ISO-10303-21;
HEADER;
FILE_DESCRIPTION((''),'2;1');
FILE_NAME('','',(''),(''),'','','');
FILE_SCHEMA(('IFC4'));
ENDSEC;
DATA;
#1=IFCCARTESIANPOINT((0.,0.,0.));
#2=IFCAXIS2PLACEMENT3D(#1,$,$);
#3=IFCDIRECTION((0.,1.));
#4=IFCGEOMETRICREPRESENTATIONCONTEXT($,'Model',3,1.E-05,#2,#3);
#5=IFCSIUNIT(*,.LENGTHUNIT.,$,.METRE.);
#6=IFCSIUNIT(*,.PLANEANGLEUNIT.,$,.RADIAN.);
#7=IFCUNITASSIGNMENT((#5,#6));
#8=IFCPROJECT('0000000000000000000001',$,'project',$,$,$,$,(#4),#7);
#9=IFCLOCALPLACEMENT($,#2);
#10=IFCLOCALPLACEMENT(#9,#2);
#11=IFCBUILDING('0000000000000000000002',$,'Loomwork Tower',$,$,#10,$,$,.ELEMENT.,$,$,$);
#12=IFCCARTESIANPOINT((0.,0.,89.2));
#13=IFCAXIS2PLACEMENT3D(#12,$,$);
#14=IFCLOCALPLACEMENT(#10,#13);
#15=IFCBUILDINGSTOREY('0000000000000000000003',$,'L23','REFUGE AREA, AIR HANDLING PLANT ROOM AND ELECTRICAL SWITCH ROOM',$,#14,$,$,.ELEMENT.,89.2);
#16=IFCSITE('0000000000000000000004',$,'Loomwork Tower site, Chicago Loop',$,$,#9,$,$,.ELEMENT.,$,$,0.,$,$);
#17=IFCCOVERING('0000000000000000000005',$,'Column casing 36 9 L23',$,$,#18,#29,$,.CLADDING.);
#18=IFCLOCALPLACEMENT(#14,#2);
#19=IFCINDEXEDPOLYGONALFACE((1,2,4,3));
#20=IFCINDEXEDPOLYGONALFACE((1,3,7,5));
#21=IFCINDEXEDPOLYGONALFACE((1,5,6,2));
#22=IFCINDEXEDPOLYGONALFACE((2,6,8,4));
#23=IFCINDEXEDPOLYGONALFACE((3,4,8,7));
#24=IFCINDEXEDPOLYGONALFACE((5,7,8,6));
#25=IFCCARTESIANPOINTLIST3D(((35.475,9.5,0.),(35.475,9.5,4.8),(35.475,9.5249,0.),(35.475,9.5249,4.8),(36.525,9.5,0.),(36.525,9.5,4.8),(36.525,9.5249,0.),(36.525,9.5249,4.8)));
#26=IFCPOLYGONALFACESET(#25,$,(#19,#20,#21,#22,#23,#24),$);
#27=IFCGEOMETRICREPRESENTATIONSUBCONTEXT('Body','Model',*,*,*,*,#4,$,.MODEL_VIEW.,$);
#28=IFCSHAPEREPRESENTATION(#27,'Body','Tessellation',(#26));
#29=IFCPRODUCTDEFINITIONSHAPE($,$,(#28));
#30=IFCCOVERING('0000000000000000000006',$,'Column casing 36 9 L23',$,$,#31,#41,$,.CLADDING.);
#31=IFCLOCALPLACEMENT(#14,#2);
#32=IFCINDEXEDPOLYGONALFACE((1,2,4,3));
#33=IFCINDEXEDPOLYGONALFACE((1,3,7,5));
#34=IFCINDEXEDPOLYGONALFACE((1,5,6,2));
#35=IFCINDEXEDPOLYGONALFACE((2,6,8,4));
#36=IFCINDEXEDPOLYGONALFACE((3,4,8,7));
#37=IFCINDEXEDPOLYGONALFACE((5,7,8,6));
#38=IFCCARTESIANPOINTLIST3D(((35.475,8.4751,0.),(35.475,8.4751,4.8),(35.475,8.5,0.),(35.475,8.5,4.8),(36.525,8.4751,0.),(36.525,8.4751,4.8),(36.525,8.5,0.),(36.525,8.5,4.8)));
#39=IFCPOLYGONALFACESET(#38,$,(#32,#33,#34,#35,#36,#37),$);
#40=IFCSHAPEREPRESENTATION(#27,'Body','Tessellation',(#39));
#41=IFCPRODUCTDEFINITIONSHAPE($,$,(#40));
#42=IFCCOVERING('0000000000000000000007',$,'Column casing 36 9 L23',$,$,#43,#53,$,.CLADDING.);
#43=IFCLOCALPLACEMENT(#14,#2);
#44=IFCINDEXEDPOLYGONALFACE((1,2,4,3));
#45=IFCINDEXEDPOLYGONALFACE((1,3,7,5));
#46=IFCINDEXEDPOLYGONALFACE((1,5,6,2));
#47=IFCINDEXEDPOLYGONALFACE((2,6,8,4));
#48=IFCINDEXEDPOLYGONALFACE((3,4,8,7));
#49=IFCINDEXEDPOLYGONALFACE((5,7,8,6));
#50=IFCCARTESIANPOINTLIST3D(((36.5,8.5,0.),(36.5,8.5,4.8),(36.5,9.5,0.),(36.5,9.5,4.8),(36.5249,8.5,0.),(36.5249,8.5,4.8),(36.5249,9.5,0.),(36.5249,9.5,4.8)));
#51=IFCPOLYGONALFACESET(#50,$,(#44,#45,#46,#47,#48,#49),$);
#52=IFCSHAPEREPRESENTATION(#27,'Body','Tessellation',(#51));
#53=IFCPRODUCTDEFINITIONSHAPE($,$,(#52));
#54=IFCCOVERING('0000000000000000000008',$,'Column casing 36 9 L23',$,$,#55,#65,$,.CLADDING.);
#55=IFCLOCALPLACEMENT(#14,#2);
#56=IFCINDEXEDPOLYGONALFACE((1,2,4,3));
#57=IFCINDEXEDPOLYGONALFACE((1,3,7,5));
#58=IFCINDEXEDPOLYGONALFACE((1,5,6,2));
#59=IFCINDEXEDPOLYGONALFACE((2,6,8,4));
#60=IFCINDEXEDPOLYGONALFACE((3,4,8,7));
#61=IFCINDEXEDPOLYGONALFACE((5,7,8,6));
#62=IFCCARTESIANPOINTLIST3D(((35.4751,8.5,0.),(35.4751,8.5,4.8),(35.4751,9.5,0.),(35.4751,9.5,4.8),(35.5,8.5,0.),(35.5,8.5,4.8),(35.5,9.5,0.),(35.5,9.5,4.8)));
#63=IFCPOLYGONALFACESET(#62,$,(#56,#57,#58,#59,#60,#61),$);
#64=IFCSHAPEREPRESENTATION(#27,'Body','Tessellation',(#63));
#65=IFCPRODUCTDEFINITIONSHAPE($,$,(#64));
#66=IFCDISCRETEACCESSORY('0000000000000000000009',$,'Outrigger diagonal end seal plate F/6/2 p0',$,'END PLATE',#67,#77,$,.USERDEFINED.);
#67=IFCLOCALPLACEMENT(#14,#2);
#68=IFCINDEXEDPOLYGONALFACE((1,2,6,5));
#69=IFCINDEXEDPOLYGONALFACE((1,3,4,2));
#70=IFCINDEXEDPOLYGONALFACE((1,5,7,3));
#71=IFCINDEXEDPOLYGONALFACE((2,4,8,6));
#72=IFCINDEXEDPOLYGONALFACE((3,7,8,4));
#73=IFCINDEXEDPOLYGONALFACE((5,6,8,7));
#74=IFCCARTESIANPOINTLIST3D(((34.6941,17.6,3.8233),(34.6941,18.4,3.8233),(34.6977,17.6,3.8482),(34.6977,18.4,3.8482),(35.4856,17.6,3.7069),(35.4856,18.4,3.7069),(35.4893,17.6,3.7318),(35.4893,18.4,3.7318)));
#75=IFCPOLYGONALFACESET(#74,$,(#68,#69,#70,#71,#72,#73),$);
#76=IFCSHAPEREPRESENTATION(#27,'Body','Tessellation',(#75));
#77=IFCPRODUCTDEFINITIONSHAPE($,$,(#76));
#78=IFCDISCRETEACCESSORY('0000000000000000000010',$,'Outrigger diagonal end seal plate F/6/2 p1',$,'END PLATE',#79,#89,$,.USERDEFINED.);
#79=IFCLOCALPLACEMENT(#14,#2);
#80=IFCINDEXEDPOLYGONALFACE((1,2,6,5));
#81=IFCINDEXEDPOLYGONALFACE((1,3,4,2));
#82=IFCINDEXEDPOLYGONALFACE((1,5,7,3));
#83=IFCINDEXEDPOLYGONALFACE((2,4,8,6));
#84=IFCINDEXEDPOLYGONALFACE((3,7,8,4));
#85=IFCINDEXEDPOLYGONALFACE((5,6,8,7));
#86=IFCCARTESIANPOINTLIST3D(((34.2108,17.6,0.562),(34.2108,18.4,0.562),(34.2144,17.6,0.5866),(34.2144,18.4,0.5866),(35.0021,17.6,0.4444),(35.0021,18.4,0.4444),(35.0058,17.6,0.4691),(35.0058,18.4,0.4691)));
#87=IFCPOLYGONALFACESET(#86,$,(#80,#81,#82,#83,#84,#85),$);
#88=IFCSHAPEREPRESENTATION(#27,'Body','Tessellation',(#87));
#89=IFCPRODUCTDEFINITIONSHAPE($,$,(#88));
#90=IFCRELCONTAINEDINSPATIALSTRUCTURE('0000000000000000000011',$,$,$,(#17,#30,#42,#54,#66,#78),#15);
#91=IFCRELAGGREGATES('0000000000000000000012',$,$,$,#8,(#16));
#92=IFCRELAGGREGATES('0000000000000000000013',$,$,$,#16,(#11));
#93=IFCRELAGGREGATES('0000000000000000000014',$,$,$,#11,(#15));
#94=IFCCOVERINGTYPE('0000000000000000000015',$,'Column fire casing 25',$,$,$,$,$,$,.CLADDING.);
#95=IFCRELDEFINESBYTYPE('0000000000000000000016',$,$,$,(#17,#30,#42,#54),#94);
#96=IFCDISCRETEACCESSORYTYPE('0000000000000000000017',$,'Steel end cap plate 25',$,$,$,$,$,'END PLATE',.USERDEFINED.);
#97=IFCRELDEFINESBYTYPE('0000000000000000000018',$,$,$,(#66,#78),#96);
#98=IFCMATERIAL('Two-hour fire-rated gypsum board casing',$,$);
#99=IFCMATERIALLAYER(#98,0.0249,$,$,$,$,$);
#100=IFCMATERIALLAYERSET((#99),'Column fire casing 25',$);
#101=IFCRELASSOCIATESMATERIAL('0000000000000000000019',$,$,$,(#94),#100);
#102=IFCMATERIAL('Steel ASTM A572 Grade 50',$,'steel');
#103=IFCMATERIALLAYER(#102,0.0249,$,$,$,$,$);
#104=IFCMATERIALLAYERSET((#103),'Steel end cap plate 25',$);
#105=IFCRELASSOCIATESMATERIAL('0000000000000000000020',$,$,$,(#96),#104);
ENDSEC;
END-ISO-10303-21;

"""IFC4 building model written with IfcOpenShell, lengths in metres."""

from ifc_helpers import new_model, si_unit, direction, frame, origin, origin_2d, place, context, subcontext, project, spatial, rectangle, extrude, material, layer, layer_set, type_object, element, save


model = new_model("IFC4")

# Units and contexts
model_context = context("Model", 3, precision=1e-05, world=origin(), true_north=direction((0.0, 1.0)))
body_context = subcontext(model_context, "Body", "Model", "MODEL_VIEW")
ifc_project = project(units=[si_unit("LENGTHUNIT", "METRE"), si_unit("PLANEANGLEUNIT", "RADIAN")], contexts=[model_context])

# Site, building, storey
site_placement = place(None, origin())
site = spatial("IfcSite", under=ifc_project, at=site_placement, Name="Loomwork Tower site, Chicago Loop", CompositionType="ELEMENT", RefElevation=0.0)
building_placement = place(site_placement, origin())
building = spatial("IfcBuilding", under=site, at=building_placement, Name="Loomwork Tower", CompositionType="ELEMENT")
storey_placement = place(building_placement, frame((0.0, 0.0, 89.2)))
storey = spatial("IfcBuildingStorey", under=building, at=storey_placement, Name="L23", Description="REFUGE AREA, AIR HANDLING PLANT ROOM AND ELECTRICAL SWITCH ROOM", CompositionType="ELEMENT", Elevation=89.2)

# Coverings
ifc_material_1 = material(Name="Two-hour fire-rated gypsum board casing")
ifc_layer_1 = layer(ifc_material_1, 0.0249)
ifc_layer_set_1 = layer_set([ifc_layer_1], Name="Column fire casing 25")
covering_type = type_object("IfcCoveringType", Name="Column fire casing 25", PredefinedType="CLADDING", material=ifc_layer_set_1)
for number, where, z_axis, x_axis, name in (
    (1, (36.0, 9.5125, 0.0), (0.0, 0.0, 1.0), (1.0, 0.0, 0.0), "Column casing 36 9 L23"),
    (2, (36.0, 8.4875, 0.0), (0.0, 0.0, 1.0), (1.0, 0.0, 0.0), "Column casing 36 9 L23"),
):
    element("IfcCovering", number, at=place(storey_placement, frame(where, z_axis=z_axis, x_axis=x_axis)), inside=storey, type_object=covering_type, Name=name, PredefinedType="CLADDING", context=body_context, shape_type="SweptSolid", body=[
        extrude(rectangle(XDim=1.05, YDim=0.0249, at=origin_2d()), origin(), (0.0, 0.0, 1.0), 4.8),
    ])
for number, where, z_axis, x_axis, name in (
    (3, (36.5125, 9.0, 0.0), (0.0, 0.0, 1.0), (1.0, 0.0, 0.0), "Column casing 36 9 L23"),
    (4, (35.4875, 9.0, 0.0), (0.0, 0.0, 1.0), (1.0, 0.0, 0.0), "Column casing 36 9 L23"),
):
    element("IfcCovering", number, at=place(storey_placement, frame(where, z_axis=z_axis, x_axis=x_axis)), inside=storey, type_object=covering_type, Name=name, PredefinedType="CLADDING", context=body_context, shape_type="SweptSolid", body=[
        extrude(rectangle(XDim=0.0249, YDim=1.0, at=origin_2d()), origin(), (0.0, 0.0, 1.0), 4.8),
    ])

# Discrete accessories
ifc_material_2 = material(Name="Steel ASTM A572 Grade 50", Category="steel")
ifc_layer_2 = layer(ifc_material_2, 0.0249)
ifc_layer_set_2 = layer_set([ifc_layer_2], Name="Steel end cap plate 25")
discrete_accessory_type = type_object("IfcDiscreteAccessoryType", Name="Steel end cap plate 25", ElementType="END PLATE", PredefinedType="USERDEFINED", material=ifc_layer_set_2)
discrete_accessory_1_placement = place(storey_placement, frame((35.0898, 18.0, 3.7651), z_axis=(0.145494, 0.0, 0.989359), x_axis=(0.0, 1.0, 0.0)))
element("IfcDiscreteAccessory", 5, at=discrete_accessory_1_placement, inside=storey, type_object=discrete_accessory_type, Name="Outrigger diagonal end seal plate F/6/2 p0", ObjectType="END PLATE", PredefinedType="USERDEFINED", context=body_context, shape_type="SweptSolid", body=[
    extrude(rectangle(XDim=0.8, YDim=0.8, at=origin_2d()), origin(), (0.0, 0.0, 1.0), 0.0251),
])
discrete_accessory_2_placement = place(storey_placement, frame((34.6101, 18.0, 0.5278), z_axis=(-0.146904, 0.0, -0.989151), x_axis=(0.0, -1.0, 0.0)))
element("IfcDiscreteAccessory", 6, at=discrete_accessory_2_placement, inside=storey, type_object=discrete_accessory_type, Name="Outrigger diagonal end seal plate F/6/2 p1", ObjectType="END PLATE", PredefinedType="USERDEFINED", context=body_context, shape_type="SweptSolid", body=[
    extrude(rectangle(XDim=0.8, YDim=0.8, at=origin_2d()), origin(), (0.0, 0.0, 1.0), 0.0249),
])

save(model, "model.ifc")
